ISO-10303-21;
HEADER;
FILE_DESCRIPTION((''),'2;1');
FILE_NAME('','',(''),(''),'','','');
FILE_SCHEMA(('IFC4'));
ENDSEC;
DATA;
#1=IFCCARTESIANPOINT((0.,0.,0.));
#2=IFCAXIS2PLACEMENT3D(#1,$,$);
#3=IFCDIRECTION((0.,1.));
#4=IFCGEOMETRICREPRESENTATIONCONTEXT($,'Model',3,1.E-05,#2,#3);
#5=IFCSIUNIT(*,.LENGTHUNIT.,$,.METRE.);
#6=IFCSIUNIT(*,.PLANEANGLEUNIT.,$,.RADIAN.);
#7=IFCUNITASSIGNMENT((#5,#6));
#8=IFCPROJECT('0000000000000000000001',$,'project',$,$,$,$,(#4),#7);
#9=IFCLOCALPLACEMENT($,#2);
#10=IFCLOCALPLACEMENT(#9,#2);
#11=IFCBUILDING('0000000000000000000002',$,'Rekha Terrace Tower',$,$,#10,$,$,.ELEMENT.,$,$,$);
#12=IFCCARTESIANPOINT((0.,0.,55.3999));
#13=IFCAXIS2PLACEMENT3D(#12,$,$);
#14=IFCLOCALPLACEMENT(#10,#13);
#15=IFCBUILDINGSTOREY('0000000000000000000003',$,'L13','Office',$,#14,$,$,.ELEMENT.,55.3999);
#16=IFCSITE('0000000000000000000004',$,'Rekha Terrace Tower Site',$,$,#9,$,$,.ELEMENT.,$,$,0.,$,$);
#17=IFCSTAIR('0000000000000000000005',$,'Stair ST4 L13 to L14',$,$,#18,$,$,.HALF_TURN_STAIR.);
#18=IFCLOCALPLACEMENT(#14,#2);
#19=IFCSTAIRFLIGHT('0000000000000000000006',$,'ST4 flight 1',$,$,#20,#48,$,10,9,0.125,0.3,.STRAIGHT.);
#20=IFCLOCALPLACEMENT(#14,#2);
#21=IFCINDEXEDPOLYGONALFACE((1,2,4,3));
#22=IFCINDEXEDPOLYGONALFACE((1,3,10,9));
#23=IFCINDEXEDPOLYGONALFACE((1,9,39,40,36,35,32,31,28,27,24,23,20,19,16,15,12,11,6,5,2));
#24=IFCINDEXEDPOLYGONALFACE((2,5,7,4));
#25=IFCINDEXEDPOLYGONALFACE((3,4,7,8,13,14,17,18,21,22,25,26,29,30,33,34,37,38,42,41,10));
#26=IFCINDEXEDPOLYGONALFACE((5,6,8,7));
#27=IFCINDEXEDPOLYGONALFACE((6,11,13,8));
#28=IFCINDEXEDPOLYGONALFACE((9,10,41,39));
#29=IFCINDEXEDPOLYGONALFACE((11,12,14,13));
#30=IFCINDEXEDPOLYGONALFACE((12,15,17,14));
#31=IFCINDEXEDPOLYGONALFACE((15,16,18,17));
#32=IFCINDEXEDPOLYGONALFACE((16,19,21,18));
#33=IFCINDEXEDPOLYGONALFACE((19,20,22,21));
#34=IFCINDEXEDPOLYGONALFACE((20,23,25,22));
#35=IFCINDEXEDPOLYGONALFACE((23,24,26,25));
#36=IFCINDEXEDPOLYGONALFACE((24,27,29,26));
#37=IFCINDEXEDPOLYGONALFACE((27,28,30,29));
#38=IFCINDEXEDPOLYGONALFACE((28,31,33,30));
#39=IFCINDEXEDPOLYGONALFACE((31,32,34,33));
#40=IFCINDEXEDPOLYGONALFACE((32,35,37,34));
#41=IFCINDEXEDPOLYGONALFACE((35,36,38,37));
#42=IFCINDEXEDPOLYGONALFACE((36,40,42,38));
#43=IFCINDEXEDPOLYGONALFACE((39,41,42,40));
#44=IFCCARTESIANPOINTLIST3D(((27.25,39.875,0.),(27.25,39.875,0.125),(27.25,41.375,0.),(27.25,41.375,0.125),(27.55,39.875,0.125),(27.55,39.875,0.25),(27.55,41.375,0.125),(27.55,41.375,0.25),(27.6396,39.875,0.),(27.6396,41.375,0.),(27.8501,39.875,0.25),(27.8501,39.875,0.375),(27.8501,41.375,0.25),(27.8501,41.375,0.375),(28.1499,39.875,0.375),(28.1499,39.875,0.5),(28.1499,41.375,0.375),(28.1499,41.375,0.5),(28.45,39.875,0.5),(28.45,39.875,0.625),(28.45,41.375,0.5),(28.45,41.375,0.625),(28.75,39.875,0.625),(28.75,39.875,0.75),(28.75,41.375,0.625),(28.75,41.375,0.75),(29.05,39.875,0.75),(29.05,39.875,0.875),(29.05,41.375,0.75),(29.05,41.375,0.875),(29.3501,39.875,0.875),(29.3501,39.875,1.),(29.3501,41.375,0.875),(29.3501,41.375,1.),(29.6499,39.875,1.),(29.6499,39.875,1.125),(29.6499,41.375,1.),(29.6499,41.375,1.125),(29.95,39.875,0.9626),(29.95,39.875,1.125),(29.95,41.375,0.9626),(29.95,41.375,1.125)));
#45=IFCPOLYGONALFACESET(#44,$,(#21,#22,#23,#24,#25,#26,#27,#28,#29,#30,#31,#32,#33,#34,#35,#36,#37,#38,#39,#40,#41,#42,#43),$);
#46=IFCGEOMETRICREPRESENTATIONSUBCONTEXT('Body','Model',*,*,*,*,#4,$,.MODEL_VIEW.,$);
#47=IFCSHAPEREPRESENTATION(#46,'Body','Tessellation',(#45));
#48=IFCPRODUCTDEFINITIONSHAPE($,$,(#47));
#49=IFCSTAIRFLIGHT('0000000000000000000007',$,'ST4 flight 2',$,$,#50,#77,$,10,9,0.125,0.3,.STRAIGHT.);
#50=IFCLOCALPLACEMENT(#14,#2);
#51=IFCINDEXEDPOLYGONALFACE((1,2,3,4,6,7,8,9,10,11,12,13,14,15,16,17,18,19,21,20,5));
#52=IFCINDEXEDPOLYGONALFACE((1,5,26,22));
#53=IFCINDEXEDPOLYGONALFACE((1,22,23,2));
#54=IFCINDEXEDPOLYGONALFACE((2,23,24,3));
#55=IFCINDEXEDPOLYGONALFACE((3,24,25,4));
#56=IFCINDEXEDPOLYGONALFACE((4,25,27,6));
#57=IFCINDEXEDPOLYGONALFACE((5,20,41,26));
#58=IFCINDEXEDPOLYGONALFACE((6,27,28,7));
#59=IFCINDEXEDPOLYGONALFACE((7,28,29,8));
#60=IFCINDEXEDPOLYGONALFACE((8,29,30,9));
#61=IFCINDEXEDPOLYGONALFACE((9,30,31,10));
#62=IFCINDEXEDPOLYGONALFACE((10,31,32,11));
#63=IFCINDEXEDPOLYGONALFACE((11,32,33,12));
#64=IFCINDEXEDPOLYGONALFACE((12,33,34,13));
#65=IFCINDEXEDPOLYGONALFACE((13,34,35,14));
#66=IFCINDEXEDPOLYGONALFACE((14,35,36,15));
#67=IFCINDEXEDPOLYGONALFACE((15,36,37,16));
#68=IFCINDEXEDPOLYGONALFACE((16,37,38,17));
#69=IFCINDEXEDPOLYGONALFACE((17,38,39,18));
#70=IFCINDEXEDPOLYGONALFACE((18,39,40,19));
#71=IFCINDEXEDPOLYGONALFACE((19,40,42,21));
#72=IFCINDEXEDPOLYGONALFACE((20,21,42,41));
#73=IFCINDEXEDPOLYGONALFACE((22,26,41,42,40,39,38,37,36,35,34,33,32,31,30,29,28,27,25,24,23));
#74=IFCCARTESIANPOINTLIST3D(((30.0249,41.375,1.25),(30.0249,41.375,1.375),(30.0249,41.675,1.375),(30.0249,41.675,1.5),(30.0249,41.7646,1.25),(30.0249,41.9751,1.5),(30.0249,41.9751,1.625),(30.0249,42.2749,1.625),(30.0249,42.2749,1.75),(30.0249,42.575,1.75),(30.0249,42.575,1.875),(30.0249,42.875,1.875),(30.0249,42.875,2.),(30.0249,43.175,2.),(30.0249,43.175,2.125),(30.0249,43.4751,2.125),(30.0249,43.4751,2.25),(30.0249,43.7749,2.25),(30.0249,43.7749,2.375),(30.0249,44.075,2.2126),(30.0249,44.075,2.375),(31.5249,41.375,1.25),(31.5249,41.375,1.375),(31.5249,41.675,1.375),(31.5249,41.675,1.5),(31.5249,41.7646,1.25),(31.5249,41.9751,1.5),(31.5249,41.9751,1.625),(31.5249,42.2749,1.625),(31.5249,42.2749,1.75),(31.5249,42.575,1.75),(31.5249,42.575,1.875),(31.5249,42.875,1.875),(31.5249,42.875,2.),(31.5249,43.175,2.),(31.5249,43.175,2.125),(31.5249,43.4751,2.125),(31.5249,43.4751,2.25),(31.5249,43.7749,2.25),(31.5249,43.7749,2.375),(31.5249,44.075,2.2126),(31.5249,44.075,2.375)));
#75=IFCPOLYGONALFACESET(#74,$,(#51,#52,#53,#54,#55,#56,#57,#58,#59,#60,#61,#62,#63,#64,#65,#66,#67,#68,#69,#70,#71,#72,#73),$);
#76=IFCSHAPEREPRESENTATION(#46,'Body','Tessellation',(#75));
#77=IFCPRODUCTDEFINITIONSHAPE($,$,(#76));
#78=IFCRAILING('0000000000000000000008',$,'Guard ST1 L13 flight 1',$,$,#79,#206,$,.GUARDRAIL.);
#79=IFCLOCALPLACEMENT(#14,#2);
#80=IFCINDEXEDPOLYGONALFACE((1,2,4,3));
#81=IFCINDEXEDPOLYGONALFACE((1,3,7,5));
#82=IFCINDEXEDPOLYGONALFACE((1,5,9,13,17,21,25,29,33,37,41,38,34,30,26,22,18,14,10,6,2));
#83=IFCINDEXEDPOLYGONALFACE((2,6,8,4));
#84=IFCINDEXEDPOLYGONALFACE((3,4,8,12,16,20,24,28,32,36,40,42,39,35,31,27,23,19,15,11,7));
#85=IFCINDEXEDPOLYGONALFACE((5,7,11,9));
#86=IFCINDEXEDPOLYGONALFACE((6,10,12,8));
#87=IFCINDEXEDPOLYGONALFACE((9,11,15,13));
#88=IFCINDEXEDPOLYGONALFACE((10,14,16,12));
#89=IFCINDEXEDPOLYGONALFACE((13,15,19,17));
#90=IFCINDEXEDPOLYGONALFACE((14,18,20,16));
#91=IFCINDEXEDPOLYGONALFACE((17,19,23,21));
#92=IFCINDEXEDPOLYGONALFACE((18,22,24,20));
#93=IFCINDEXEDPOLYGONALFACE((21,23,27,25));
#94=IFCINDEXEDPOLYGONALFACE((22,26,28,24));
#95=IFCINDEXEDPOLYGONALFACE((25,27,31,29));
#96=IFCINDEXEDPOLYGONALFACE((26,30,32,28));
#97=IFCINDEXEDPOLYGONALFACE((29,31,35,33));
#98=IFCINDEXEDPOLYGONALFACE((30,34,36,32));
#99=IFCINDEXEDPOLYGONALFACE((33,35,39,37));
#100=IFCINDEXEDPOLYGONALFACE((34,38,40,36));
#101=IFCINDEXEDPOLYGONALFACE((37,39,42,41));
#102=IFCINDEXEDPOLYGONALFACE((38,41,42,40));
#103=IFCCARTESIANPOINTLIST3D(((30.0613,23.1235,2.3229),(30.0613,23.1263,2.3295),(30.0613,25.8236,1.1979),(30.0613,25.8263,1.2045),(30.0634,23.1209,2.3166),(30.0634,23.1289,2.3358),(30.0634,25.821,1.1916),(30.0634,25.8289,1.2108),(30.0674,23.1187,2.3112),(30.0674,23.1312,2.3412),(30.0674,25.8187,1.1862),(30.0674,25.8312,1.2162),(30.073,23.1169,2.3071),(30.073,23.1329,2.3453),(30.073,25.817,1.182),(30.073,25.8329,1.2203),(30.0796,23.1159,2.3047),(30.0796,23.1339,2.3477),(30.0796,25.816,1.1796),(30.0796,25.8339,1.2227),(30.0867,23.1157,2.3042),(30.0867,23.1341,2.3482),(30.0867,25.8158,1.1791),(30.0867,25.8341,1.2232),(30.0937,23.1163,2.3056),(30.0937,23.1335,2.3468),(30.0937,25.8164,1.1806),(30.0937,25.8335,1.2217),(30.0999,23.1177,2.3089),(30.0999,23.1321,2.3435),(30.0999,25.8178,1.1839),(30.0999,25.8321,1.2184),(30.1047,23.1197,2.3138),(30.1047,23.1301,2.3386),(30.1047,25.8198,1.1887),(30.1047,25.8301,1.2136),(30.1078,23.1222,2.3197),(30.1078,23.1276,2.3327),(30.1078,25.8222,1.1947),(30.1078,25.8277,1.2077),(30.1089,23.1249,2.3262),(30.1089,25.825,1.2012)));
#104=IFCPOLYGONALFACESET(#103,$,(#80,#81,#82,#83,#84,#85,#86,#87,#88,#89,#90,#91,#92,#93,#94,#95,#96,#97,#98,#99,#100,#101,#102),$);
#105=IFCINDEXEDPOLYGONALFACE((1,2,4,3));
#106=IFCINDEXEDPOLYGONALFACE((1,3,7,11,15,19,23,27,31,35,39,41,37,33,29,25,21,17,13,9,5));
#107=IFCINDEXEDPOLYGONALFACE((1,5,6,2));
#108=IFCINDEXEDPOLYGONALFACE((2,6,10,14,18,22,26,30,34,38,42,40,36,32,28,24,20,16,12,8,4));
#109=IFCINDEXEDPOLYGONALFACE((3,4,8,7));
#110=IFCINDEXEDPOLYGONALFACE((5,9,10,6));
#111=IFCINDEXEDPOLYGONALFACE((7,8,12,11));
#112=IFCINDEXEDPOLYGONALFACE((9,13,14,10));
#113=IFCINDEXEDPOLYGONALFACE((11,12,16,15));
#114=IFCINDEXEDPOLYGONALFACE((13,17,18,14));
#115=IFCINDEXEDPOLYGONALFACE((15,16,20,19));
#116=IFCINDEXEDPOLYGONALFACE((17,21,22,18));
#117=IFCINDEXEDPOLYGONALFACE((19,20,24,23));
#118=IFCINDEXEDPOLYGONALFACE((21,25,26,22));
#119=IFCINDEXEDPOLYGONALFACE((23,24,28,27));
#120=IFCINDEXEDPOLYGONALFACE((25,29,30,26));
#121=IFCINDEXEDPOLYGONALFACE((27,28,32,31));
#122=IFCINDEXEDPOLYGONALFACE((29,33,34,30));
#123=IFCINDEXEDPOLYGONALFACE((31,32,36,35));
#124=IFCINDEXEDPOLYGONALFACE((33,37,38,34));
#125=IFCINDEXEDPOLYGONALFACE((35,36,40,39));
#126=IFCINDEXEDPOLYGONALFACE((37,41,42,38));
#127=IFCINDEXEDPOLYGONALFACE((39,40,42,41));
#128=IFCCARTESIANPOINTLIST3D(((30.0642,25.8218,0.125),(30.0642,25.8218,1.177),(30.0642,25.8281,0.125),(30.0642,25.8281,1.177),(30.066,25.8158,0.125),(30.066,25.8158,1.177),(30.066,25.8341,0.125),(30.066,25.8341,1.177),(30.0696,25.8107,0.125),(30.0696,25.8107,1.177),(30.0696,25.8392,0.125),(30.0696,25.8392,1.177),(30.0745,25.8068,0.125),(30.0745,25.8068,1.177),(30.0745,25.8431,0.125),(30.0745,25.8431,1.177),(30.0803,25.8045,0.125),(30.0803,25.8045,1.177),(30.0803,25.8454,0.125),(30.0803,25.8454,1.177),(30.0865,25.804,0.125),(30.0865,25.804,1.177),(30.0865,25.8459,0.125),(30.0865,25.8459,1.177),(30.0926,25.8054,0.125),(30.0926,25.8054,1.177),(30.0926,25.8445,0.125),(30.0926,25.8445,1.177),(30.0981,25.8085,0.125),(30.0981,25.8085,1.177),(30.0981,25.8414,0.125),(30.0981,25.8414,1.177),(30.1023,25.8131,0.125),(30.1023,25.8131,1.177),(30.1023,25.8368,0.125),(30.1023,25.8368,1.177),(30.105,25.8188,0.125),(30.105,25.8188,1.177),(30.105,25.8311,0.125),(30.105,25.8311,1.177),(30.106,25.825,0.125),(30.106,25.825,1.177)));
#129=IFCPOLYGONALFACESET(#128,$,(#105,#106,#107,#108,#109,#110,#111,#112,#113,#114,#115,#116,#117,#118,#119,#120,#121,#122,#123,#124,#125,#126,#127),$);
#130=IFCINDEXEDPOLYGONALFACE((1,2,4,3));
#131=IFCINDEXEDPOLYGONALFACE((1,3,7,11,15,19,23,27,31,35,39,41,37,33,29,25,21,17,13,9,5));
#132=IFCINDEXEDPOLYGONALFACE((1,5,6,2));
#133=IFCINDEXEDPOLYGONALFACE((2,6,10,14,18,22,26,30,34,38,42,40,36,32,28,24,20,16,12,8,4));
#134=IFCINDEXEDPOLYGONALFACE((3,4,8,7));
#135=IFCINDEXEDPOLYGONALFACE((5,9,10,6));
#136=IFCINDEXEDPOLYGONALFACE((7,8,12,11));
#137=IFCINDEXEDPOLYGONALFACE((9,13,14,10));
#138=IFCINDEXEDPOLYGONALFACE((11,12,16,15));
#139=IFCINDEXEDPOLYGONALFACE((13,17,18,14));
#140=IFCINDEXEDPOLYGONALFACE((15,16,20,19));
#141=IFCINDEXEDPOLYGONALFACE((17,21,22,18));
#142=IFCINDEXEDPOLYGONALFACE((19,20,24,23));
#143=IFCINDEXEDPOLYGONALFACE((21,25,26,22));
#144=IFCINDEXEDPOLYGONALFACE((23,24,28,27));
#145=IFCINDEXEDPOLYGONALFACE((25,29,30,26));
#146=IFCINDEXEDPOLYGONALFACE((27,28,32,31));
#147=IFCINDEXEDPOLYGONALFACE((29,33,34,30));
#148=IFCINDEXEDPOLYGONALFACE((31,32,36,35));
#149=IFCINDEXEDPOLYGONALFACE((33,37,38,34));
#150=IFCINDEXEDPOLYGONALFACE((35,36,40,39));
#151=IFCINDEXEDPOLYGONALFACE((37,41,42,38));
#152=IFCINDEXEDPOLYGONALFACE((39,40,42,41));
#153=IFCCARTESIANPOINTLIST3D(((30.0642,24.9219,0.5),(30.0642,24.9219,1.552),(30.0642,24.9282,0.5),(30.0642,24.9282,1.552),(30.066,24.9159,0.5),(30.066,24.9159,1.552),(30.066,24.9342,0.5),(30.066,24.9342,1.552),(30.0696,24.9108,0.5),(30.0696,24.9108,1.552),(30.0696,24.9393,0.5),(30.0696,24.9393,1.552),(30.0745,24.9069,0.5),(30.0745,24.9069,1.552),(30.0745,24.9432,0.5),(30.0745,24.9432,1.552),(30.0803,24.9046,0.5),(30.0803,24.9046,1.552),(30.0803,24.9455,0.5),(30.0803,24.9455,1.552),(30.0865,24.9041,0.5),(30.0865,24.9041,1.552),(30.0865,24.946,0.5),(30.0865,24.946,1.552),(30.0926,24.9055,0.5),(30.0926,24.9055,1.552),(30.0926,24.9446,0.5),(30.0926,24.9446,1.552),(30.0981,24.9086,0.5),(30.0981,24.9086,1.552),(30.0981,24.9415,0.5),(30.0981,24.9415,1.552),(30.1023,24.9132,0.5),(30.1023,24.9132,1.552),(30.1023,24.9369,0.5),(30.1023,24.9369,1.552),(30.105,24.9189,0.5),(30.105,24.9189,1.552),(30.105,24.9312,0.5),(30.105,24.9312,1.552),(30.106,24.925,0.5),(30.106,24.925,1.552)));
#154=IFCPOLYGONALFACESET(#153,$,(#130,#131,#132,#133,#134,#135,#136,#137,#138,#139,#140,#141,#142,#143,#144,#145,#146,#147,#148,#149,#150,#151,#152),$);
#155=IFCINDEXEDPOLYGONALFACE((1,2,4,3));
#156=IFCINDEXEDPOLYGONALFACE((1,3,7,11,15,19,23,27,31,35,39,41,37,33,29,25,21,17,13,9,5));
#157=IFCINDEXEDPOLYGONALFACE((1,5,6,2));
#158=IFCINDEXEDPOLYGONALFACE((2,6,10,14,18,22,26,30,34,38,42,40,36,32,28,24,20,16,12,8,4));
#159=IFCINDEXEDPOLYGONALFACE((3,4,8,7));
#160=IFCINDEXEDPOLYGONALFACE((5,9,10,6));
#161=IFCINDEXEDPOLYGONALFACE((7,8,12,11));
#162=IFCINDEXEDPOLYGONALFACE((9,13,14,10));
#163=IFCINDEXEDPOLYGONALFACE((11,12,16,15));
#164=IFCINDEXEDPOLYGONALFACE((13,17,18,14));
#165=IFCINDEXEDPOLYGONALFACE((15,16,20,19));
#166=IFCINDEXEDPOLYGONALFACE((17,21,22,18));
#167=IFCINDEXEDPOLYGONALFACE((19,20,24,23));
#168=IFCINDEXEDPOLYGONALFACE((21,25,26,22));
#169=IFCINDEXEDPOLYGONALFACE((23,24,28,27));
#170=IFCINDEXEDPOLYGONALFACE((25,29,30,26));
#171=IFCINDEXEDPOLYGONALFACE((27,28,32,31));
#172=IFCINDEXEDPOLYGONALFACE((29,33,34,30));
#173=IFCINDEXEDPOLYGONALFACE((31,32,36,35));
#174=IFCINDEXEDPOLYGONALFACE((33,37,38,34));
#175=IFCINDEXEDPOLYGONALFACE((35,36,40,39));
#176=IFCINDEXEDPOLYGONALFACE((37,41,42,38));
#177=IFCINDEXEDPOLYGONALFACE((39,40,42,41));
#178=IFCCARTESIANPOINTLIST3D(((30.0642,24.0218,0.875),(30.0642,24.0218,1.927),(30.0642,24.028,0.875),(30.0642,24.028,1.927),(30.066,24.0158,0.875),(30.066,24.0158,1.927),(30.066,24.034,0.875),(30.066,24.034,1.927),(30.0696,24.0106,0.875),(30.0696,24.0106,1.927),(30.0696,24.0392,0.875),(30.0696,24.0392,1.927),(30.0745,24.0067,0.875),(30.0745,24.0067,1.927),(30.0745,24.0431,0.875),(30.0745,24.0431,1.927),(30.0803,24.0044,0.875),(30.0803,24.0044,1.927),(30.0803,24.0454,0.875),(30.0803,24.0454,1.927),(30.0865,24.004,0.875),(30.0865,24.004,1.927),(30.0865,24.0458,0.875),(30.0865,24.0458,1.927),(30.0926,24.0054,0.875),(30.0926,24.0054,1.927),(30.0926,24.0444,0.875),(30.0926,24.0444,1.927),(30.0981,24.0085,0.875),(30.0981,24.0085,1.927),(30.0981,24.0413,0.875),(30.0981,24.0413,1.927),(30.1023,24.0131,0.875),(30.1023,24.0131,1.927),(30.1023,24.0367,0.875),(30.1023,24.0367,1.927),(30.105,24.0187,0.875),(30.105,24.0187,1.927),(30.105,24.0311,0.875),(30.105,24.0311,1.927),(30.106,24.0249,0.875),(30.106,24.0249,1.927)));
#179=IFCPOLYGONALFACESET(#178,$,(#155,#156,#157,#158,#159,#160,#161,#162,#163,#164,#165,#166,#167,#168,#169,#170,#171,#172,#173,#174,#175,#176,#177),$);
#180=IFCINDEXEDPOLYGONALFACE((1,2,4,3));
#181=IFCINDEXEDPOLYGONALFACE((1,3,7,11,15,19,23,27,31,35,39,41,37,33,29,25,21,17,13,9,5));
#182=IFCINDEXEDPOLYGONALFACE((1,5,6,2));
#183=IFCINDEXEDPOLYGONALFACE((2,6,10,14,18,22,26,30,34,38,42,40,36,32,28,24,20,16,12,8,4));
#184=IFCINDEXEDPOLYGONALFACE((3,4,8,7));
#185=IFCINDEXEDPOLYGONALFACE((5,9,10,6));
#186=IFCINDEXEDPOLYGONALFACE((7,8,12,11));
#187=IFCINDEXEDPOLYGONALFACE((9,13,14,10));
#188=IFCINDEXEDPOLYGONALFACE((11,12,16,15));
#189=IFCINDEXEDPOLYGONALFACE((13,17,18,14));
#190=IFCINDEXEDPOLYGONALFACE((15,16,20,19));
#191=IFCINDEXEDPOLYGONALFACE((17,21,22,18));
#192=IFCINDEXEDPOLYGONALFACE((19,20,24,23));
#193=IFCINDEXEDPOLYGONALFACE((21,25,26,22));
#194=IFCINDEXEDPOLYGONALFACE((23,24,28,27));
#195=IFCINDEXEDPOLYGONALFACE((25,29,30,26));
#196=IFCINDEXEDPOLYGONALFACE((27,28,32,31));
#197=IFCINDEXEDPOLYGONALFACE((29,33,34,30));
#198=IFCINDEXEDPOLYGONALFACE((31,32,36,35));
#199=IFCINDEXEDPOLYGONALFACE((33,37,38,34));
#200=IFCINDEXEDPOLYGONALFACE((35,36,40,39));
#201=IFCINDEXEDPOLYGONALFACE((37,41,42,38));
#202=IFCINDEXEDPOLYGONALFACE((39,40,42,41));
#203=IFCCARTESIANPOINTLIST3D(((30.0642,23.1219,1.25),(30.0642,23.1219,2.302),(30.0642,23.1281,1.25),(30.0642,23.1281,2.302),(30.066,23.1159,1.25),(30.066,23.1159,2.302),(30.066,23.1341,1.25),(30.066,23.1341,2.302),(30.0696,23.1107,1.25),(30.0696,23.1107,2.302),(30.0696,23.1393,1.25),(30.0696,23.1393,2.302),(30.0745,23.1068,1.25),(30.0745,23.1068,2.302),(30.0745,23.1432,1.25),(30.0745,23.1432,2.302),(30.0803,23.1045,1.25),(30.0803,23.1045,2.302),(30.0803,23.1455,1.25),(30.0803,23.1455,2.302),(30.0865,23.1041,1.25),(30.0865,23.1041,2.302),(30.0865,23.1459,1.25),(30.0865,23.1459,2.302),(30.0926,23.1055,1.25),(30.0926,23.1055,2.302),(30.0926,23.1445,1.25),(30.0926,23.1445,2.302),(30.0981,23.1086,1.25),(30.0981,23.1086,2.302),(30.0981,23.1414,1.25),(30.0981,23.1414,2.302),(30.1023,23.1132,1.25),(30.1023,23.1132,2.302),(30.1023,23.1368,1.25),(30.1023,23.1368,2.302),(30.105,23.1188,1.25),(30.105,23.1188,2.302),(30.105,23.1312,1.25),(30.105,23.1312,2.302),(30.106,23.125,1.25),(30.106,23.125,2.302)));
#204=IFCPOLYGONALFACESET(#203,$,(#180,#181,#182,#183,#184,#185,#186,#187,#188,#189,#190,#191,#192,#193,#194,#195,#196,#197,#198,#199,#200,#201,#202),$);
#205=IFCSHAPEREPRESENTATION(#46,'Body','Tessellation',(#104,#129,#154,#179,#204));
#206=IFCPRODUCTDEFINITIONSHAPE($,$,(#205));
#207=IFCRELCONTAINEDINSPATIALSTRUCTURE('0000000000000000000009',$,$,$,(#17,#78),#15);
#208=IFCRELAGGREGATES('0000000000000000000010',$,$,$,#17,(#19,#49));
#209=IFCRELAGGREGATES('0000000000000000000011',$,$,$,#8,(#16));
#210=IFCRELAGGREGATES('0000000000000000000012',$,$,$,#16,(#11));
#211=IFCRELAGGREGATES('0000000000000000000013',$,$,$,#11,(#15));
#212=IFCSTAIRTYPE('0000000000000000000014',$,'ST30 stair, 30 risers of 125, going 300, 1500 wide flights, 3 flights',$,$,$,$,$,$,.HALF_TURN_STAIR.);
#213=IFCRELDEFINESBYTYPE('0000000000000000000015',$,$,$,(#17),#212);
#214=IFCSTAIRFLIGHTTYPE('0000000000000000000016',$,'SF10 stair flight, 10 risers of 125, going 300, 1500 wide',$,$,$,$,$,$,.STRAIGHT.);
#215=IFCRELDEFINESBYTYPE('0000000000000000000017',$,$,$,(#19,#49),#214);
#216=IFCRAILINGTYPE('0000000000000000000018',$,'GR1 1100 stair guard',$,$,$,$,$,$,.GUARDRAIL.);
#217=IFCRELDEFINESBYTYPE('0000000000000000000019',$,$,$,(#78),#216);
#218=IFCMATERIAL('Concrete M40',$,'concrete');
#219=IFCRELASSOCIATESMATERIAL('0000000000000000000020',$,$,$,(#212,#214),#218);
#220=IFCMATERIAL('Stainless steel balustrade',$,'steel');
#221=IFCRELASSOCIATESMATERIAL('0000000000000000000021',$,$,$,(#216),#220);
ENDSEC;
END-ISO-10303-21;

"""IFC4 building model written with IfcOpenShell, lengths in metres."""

from ifc_helpers import new_model, si_unit, direction, frame, origin, origin_2d, place, context, subcontext, project, spatial, polyline, circle, outline, extrude, material, type_object, element, aggregate, save


model = new_model("IFC4")

# Units and contexts
model_context = context("Model", 3, precision=1e-05, world=origin(), true_north=direction((0.0, 1.0)))
body_context = subcontext(model_context, "Body", "Model", "MODEL_VIEW")
ifc_project = project(units=[si_unit("LENGTHUNIT", "METRE"), si_unit("PLANEANGLEUNIT", "RADIAN")], contexts=[model_context])

# Site, building, storey
site_placement = place(None, origin())
site = spatial("IfcSite", under=ifc_project, at=site_placement, Name="Rekha Terrace Tower Site", CompositionType="ELEMENT", RefElevation=0.0)
building_placement = place(site_placement, origin())
building = spatial("IfcBuilding", under=site, at=building_placement, Name="Rekha Terrace Tower", CompositionType="ELEMENT")
storey_placement = place(building_placement, frame((0.0, 0.0, 55.3999)))
storey = spatial("IfcBuildingStorey", under=building, at=storey_placement, Name="L13", Description="Office", CompositionType="ELEMENT", Elevation=55.3999)

# Stair, stair flights
ifc_material_1 = material(Name="Concrete M40", Category="concrete")
stair_type = type_object("IfcStairType", Name="ST30 stair, 30 risers of 125, going 300, 1500 wide flights, 3 flights", PredefinedType="HALF_TURN_STAIR", material=ifc_material_1)
stair_flight_type = type_object("IfcStairFlightType", Name="SF10 stair flight, 10 risers of 125, going 300, 1500 wide", PredefinedType="STRAIGHT", material=ifc_material_1)
stair_1_placement = place(storey_placement, origin())
stair_1 = element("IfcStair", 1, at=stair_1_placement, inside=storey, type_object=stair_type, Name="Stair ST4 L13 to L14", PredefinedType="HALF_TURN_STAIR")
stair_flight_1_placement = place(storey_placement, frame((27.25, 40.625, 0.0), z_axis=(0.0, 0.0, 1.0), x_axis=(1.0, 0.0, 0.0)))
stair_flight_1 = element("IfcStairFlight", 2, at=stair_flight_1_placement, type_object=stair_flight_type, Name="ST4 flight 1", NumberOfRisers=10, NumberOfTreads=9, PredefinedType="STRAIGHT", RiserHeight=0.125, TreadLength=0.3, context=body_context, shape_type="SweptSolid", body=[
    extrude(outline(polyline([(0.0, 0.0), (0.0, 0.125), (0.3, 0.125), (0.3, 0.25), (0.6001, 0.25), (0.6001, 0.375), (0.8999, 0.375), (0.8999, 0.5), (1.2, 0.5), (1.2, 0.625), (1.5, 0.625), (1.5, 0.75), (1.8, 0.75), (1.8, 0.875), (2.1001, 0.875), (2.1001, 1.0), (2.3999, 1.0), (2.3999, 1.125), (2.7, 1.125), (2.7, 1.25), (2.7, 0.9626), (0.3896, 0.0), (0.0, 0.0)])), frame((0.0, 0.75, 0.0), z_axis=(0.0, -1.0, 0.0), x_axis=(1.0, 0.0, 0.0)), (0.0, 0.0, 1.0), 1.5),
])
stair_flight_2_placement = place(storey_placement, frame((30.7749, 41.375, 1.25), z_axis=(0.0, 0.0, 1.0), x_axis=(0.0, 1.0, 0.0)))
stair_flight_2 = element("IfcStairFlight", 3, at=stair_flight_2_placement, type_object=stair_flight_type, Name="ST4 flight 2", NumberOfRisers=10, NumberOfTreads=9, PredefinedType="STRAIGHT", RiserHeight=0.125, TreadLength=0.3, context=body_context, shape_type="SweptSolid", body=[
    extrude(outline(polyline([(0.0, 0.0), (0.0, 0.125), (0.3, 0.125), (0.3, 0.25), (0.6001, 0.25), (0.6001, 0.375), (0.8999, 0.375), (0.8999, 0.5), (1.2, 0.5), (1.2, 0.625), (1.5, 0.625), (1.5, 0.75), (1.8, 0.75), (1.8, 0.875), (2.1001, 0.875), (2.1001, 1.0), (2.3999, 1.0), (2.3999, 1.125), (2.7, 1.125), (2.7, 1.25), (2.7, 0.9626), (0.3896, 0.0), (0.0, 0.0)])), frame((0.0, 0.75, 0.0), z_axis=(0.0, -1.0, 0.0), x_axis=(1.0, 0.0, 0.0)), (0.0, 0.0, 1.0), 1.5),
])
aggregate(stair_1, [stair_flight_1, stair_flight_2])

# Railing
ifc_material_2 = material(Name="Stainless steel balustrade", Category="steel")
railing_type_1 = type_object("IfcRailingType", Name="GR1 1100 stair guard", PredefinedType="GUARDRAIL", material=ifc_material_2)
railing_1_placement = place(storey_placement, frame((30.085, 25.825, 0.125)))
element("IfcRailing", 4, at=railing_1_placement, inside=storey, type_object=railing_type_1, Name="Guard ST1 L13 flight 1", PredefinedType="GUARDRAIL", context=body_context, shape_type="SweptSolid", body=[
    extrude(circle(Radius=0.0239, at=origin_2d()), frame((0.0, 0.0, 1.0762), z_axis=(0.0, -0.923074, 0.384621), x_axis=(1.0, 0.0, 0.0)), (0.0, 0.0, 1.0), 2.925),
    extrude(circle(Radius=0.021, at=origin_2d()), origin(), (0.0, 0.0, 1.0), 1.052),
    extrude(circle(Radius=0.021, at=origin_2d()), frame((0.0, -0.8999, 0.375)), (0.0, 0.0, 1.0), 1.052),
    extrude(circle(Radius=0.021, at=origin_2d()), frame((0.0, -1.8, 0.75)), (0.0, 0.0, 1.0), 1.052),
    extrude(circle(Radius=0.021, at=origin_2d()), frame((0.0, -2.7, 1.125)), (0.0, 0.0, 1.0), 1.052),
])

save(model, "model.ifc")
